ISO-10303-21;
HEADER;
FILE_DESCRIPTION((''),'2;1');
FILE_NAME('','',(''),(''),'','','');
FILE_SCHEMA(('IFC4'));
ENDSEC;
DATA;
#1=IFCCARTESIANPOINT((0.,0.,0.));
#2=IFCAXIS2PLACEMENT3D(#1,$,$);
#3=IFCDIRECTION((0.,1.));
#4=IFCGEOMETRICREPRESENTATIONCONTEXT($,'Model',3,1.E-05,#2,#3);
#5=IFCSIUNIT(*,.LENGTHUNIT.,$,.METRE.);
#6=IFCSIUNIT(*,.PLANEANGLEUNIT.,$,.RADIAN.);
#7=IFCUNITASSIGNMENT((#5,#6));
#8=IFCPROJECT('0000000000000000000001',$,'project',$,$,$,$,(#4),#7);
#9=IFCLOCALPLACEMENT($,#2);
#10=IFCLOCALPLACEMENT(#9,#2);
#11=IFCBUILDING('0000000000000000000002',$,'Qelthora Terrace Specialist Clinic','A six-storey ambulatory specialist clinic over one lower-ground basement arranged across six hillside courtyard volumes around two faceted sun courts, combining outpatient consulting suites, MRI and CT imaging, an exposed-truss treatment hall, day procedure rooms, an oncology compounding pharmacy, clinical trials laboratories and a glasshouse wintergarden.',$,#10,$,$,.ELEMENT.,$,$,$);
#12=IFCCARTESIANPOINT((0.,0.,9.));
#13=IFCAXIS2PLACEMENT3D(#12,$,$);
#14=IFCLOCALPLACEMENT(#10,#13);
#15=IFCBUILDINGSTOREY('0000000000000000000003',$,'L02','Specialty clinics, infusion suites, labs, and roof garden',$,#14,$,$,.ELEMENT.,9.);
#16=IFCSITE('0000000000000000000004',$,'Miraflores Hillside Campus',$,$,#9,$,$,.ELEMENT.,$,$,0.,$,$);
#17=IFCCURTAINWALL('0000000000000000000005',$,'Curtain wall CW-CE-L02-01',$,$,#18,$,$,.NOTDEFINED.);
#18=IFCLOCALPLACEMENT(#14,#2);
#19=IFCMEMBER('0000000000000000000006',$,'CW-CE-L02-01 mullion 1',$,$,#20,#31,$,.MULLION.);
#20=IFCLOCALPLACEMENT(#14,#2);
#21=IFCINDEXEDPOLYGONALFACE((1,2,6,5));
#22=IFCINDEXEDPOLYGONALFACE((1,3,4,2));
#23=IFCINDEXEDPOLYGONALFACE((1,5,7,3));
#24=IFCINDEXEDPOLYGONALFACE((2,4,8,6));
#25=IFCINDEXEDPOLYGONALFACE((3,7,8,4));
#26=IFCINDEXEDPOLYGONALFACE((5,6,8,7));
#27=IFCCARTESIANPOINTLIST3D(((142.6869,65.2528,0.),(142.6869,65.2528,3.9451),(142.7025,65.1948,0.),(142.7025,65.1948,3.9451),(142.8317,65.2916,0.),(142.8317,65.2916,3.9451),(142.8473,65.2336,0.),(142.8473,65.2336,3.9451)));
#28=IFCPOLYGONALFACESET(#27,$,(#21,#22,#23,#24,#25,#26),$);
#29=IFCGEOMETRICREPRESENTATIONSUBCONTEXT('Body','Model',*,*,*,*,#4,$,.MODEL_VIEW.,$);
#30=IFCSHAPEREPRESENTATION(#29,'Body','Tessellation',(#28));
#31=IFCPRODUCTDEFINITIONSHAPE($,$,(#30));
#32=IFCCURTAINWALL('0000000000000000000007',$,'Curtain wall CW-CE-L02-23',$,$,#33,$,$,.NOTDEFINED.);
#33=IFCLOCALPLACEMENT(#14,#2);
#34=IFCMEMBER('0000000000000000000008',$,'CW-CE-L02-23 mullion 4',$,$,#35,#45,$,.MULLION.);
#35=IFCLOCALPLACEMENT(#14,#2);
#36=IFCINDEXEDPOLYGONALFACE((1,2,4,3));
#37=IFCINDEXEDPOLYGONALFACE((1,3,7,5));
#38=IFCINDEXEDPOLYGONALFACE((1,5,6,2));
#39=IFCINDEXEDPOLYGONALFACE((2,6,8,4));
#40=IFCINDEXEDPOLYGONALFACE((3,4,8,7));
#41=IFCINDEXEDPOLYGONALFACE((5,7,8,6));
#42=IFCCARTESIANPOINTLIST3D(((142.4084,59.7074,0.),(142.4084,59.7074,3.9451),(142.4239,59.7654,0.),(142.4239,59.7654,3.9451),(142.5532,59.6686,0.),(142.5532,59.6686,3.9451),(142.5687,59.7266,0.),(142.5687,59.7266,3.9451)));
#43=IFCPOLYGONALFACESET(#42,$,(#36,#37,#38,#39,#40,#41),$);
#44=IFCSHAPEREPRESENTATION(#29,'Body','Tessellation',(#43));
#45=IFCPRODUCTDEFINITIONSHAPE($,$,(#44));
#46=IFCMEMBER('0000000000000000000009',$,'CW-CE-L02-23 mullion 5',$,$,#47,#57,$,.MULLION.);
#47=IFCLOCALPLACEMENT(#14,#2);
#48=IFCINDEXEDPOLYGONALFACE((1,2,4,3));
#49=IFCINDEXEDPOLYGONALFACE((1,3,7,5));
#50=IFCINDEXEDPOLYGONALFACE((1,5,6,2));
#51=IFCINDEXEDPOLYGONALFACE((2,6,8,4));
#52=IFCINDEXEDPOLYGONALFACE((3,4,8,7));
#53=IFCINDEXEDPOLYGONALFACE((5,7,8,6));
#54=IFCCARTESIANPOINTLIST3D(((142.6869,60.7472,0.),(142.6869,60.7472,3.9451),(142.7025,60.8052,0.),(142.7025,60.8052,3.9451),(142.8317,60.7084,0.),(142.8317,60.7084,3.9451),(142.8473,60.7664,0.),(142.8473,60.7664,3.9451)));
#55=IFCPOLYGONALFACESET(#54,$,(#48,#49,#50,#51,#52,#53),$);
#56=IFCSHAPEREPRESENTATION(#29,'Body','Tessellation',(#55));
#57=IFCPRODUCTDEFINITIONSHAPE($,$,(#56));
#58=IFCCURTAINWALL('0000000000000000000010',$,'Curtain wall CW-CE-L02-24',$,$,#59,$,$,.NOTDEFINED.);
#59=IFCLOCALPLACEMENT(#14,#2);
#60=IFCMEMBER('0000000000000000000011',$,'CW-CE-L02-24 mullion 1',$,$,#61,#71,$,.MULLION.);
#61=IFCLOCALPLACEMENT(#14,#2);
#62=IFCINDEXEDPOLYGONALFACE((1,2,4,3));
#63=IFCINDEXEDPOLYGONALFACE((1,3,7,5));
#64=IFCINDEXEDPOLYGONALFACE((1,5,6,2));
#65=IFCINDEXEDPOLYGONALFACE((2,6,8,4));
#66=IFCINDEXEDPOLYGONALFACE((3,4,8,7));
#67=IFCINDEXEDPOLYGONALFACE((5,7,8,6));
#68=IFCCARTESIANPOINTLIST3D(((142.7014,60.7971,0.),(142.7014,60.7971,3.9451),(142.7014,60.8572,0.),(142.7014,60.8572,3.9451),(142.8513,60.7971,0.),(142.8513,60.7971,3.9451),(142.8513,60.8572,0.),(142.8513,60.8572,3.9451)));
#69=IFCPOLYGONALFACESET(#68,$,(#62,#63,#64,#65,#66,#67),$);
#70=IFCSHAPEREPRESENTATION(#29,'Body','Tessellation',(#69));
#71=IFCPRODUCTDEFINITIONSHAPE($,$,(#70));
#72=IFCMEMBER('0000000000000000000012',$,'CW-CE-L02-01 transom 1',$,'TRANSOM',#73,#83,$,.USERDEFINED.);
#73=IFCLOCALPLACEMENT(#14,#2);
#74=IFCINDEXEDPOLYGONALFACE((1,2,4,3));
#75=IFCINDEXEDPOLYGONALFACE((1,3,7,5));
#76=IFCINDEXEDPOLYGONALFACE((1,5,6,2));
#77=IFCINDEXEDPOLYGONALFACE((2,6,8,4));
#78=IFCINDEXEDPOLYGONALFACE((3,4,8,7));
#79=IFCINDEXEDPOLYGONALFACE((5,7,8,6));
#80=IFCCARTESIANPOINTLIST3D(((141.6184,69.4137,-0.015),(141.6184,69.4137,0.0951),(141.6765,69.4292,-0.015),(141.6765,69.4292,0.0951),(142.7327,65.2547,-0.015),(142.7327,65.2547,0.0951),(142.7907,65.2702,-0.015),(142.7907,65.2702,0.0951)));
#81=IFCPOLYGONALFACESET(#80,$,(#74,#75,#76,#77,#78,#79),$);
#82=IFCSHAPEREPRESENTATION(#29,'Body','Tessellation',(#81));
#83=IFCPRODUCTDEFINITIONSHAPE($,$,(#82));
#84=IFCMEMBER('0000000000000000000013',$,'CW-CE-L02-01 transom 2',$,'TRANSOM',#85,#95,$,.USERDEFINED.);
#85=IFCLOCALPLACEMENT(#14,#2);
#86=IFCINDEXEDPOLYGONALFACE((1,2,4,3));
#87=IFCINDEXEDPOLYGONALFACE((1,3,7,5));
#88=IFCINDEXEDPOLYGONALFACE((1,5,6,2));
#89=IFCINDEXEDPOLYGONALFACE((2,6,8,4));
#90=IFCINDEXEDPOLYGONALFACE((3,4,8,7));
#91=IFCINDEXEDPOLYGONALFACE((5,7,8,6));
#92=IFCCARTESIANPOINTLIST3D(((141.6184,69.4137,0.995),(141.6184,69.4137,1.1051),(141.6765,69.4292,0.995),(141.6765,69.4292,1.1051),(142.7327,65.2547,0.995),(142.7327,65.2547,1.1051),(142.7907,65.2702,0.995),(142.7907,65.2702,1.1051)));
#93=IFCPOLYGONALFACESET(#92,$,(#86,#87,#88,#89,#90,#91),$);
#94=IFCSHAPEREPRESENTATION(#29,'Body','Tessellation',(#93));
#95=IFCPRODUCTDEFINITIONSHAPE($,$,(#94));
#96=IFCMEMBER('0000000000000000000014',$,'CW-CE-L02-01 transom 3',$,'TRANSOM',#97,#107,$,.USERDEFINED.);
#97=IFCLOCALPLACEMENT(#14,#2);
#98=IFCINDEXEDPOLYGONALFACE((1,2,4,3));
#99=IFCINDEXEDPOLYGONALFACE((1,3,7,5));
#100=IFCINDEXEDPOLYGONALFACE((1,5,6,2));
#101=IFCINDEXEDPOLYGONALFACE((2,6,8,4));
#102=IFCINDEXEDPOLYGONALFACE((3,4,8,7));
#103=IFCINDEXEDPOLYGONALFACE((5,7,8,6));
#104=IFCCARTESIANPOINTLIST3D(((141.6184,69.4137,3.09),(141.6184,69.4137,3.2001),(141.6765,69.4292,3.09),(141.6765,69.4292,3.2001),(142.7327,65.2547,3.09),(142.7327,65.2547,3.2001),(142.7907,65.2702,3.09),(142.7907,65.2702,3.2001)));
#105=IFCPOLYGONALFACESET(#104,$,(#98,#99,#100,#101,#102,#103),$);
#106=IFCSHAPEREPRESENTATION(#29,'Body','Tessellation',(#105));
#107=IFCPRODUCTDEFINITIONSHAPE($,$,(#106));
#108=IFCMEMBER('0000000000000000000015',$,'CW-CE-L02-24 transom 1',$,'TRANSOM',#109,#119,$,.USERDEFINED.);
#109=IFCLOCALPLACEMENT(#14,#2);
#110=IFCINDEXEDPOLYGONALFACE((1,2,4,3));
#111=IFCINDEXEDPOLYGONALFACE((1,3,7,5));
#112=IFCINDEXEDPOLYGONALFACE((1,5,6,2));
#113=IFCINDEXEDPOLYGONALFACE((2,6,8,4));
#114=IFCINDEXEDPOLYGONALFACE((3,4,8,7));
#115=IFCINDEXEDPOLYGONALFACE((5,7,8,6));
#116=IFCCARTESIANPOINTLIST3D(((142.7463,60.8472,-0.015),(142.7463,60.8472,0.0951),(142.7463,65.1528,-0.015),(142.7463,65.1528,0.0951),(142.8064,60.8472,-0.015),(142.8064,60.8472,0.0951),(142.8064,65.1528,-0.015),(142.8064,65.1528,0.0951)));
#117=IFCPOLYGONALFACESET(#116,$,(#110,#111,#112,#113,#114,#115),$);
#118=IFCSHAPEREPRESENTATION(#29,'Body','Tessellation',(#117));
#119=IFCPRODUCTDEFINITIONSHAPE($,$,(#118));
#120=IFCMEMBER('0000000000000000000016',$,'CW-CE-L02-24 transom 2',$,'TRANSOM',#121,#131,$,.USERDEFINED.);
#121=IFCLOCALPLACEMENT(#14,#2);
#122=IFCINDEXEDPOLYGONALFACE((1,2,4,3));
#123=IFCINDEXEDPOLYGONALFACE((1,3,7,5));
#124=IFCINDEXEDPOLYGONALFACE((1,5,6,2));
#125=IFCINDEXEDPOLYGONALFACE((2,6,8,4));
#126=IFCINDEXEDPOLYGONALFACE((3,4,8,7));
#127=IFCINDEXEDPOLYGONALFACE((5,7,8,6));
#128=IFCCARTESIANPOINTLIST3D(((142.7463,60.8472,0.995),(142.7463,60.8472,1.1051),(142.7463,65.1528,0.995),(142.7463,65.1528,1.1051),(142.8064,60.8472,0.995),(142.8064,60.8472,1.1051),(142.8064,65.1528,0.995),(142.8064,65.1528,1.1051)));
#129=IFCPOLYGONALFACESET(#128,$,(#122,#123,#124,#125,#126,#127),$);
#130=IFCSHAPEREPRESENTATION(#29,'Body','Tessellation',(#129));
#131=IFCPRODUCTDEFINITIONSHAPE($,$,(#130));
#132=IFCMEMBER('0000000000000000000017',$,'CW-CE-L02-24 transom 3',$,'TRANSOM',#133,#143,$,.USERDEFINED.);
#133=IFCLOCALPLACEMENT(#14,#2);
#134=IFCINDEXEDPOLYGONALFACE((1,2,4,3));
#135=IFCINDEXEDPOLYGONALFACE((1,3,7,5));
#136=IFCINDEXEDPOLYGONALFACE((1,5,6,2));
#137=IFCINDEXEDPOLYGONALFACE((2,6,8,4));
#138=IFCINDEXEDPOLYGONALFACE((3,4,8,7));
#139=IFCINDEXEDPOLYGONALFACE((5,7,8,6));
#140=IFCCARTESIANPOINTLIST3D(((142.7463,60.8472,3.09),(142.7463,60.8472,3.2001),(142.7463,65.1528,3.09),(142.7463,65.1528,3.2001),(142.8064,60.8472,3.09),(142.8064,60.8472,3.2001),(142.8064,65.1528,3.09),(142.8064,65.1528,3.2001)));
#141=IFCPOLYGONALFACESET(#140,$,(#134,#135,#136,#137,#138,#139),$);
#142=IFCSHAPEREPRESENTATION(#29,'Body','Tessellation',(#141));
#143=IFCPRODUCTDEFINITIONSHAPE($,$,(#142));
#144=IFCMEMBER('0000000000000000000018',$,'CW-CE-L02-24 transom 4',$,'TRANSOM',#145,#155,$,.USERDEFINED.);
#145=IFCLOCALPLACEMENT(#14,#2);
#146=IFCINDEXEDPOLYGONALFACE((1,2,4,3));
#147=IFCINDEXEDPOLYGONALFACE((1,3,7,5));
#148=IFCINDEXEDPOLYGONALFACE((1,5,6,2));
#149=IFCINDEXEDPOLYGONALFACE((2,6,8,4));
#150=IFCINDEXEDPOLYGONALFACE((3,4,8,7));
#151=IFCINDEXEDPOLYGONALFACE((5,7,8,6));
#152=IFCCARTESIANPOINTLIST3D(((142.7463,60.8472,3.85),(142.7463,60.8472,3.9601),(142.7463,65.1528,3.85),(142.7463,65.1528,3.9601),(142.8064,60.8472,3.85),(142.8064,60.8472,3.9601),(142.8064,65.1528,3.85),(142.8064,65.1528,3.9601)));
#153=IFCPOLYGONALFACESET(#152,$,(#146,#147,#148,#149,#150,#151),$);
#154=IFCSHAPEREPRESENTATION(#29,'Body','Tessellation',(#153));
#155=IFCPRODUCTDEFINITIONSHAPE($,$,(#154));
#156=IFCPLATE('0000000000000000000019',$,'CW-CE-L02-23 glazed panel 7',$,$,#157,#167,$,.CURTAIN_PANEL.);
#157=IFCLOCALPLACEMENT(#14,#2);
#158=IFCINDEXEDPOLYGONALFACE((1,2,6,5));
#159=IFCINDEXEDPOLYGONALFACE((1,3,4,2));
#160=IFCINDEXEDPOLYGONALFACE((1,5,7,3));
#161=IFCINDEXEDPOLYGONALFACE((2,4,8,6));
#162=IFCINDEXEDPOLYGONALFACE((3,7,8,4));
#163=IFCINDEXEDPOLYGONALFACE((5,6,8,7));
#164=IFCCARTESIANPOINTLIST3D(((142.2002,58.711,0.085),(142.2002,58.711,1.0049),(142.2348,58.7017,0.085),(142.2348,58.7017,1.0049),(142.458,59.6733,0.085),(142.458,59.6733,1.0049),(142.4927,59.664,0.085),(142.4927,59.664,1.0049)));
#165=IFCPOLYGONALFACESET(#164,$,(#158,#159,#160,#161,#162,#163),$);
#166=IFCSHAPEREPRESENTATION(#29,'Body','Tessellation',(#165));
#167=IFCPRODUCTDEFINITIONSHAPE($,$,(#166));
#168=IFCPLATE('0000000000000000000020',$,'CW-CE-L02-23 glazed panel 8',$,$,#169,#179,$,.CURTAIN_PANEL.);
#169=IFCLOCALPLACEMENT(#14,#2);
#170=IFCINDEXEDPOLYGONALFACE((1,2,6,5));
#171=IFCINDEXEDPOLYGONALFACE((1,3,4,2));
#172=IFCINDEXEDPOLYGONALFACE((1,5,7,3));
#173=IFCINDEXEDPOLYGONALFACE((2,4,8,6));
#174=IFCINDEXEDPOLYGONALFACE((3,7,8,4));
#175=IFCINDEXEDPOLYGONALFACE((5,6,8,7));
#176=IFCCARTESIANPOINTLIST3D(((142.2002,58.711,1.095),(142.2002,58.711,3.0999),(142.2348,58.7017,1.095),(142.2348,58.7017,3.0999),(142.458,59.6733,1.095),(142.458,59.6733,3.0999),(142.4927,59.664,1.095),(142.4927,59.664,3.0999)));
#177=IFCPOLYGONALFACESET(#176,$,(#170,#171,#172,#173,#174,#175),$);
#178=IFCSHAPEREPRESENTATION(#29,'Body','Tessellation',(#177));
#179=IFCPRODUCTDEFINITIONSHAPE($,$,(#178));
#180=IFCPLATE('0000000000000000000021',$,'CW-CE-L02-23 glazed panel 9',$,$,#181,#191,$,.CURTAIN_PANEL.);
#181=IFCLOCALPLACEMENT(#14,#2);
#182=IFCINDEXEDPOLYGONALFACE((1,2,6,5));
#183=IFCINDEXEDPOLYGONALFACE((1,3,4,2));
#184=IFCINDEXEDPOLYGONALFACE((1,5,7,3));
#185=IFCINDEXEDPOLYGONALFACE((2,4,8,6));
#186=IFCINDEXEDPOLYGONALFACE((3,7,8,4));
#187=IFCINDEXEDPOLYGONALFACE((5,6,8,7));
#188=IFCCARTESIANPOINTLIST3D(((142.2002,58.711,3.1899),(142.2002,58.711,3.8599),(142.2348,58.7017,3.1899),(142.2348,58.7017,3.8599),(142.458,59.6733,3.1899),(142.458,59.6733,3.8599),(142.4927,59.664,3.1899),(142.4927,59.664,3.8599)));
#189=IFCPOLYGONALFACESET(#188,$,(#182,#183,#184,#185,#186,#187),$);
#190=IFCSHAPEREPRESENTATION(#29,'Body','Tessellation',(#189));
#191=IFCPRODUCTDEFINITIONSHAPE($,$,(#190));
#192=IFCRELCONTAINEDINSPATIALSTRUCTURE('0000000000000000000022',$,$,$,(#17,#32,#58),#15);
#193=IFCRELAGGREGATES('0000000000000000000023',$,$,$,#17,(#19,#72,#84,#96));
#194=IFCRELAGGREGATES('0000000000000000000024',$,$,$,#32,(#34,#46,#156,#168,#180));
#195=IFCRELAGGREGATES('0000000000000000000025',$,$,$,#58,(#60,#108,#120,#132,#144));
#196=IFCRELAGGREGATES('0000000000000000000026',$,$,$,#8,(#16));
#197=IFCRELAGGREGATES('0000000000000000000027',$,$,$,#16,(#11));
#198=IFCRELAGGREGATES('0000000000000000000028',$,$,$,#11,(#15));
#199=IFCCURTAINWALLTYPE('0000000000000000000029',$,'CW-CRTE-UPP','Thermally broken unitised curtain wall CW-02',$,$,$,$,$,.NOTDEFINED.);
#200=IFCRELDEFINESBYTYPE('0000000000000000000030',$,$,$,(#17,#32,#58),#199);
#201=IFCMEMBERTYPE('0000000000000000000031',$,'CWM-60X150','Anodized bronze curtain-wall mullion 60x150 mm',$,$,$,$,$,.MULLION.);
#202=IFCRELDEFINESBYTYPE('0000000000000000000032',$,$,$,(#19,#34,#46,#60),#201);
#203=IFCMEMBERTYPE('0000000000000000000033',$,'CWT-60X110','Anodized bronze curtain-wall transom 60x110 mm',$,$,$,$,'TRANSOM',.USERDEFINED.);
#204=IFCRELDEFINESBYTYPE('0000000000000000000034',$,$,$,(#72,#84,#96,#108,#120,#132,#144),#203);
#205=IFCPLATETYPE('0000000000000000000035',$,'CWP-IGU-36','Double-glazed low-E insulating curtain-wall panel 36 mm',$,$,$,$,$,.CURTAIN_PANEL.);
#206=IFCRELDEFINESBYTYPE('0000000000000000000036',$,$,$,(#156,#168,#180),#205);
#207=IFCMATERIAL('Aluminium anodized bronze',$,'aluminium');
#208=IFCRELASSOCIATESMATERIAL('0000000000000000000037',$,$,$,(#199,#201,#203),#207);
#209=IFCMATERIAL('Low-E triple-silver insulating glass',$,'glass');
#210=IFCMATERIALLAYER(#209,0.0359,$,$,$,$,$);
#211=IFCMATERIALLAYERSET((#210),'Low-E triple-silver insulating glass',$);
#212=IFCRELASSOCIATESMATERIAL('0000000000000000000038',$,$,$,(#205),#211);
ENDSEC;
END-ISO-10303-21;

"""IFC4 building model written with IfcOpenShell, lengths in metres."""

from ifc_helpers import new_model, si_unit, direction, frame, origin, origin_2d, place, context, subcontext, project, spatial, rectangle, extrude, material, layer, layer_set, material_profile, profile_set, type_object, element, aggregate, save


model = new_model("IFC4")

# Units and contexts
model_context = context("Model", 3, precision=1e-05, world=origin(), true_north=direction((0.0, 1.0)))
body_context = subcontext(model_context, "Body", "Model", "MODEL_VIEW")
ifc_project = project(units=[si_unit("LENGTHUNIT", "METRE"), si_unit("PLANEANGLEUNIT", "RADIAN")], contexts=[model_context])

# Site, building, storey
site_placement = place(None, origin())
site = spatial("IfcSite", under=ifc_project, at=site_placement, Name="Miraflores Hillside Campus", CompositionType="ELEMENT", RefElevation=0.0)
building_placement = place(site_placement, origin())
building = spatial("IfcBuilding", under=site, at=building_placement, Name="Qelthora Terrace Specialist Clinic", Description="A six-storey ambulatory specialist clinic over one lower-ground basement arranged across six hillside courtyard volumes around two faceted sun courts, combining outpatient consulting suites, MRI and CT imaging, an exposed-truss treatment hall, day procedure rooms, an oncology compounding pharmacy, clinical trials laboratories and a glasshouse wintergarden.", CompositionType="ELEMENT")
storey_placement = place(building_placement, frame((0.0, 0.0, 9.0)))
storey = spatial("IfcBuildingStorey", under=building, at=storey_placement, Name="L02", Description="Specialty clinics, infusion suites, labs, and roof garden", CompositionType="ELEMENT", Elevation=9.0)

# Curtain wall, member
ifc_material_1 = material(Name="Aluminium anodized bronze", Category="aluminium")
curtain_wall_type = type_object("IfcCurtainWallType", Name="CW-CRTE-UPP", Description="Thermally broken unitised curtain wall CW-02", PredefinedType="NOTDEFINED", material=ifc_material_1)
curtain_wall_1_placement = place(storey_placement, origin())
curtain_wall_1 = element("IfcCurtainWall", 1, at=curtain_wall_1_placement, inside=storey, type_object=curtain_wall_type, Name="Curtain wall CW-CE-L02-01", PredefinedType="NOTDEFINED")
ifc_material_profile_1 = material_profile(ifc_material_1, rectangle(XDim=0.0601, YDim=0.1499, at=origin_2d()), Name="CWM60X150")
ifc_profile_set_1 = profile_set([ifc_material_profile_1], Name="Aluminium anodized bronze")
member_type_1 = type_object("IfcMemberType", Name="CWM-60X150", Description="Anodized bronze curtain-wall mullion 60x150 mm", PredefinedType="MULLION", material=ifc_profile_set_1)
member_1_placement = place(storey_placement, frame((142.7671, 65.2432, 0.0), z_axis=(0.0, 0.0, 1.0), x_axis=(-0.25882, 0.965926, 0.0)))
member_1 = element("IfcMember", 2, at=member_1_placement, type_object=member_type_1, Name="CW-CE-L02-01 mullion 1", PredefinedType="MULLION", context=body_context, shape_type="SweptSolid", body=[
    extrude(rectangle(XDim=0.0601, YDim=0.1499, at=origin_2d()), origin(), (0.0, 0.0, 1.0), 3.9451),
])

# Curtain wall, members
curtain_wall_2_placement = place(storey_placement, origin())
curtain_wall_2 = element("IfcCurtainWall", 3, at=curtain_wall_2_placement, inside=storey, type_object=curtain_wall_type, Name="Curtain wall CW-CE-L02-23", PredefinedType="NOTDEFINED")
member_2_placement = place(storey_placement, frame((142.4885, 59.717, 0.0), z_axis=(0.0, 0.0, 1.0), x_axis=(0.25882, 0.965926, 0.0)))
member_2 = element("IfcMember", 4, at=member_2_placement, type_object=member_type_1, Name="CW-CE-L02-23 mullion 4", PredefinedType="MULLION", context=body_context, shape_type="SweptSolid", body=[
    extrude(rectangle(XDim=0.0601, YDim=0.1499, at=origin_2d()), origin(), (0.0, 0.0, 1.0), 3.9451),
])
member_3_placement = place(storey_placement, frame((142.7671, 60.7568, 0.0), z_axis=(0.0, 0.0, 1.0), x_axis=(0.25882, 0.965926, 0.0)))
member_3 = element("IfcMember", 5, at=member_3_placement, type_object=member_type_1, Name="CW-CE-L02-23 mullion 5", PredefinedType="MULLION", context=body_context, shape_type="SweptSolid", body=[
    extrude(rectangle(XDim=0.0601, YDim=0.1499, at=origin_2d()), origin(), (0.0, 0.0, 1.0), 3.9451),
])

# Curtain wall, member
curtain_wall_3_placement = place(storey_placement, origin())
curtain_wall_3 = element("IfcCurtainWall", 6, at=curtain_wall_3_placement, inside=storey, type_object=curtain_wall_type, Name="Curtain wall CW-CE-L02-24", PredefinedType="NOTDEFINED")
member_4_placement = place(storey_placement, frame((142.7764, 60.8271, 0.0), z_axis=(0.0, 0.0, 1.0), x_axis=(0.0, 1.0, 0.0)))
member_4 = element("IfcMember", 7, at=member_4_placement, type_object=member_type_1, Name="CW-CE-L02-24 mullion 1", PredefinedType="MULLION", context=body_context, shape_type="SweptSolid", body=[
    extrude(rectangle(XDim=0.0601, YDim=0.1499, at=origin_2d()), origin(), (0.0, 0.0, 1.0), 3.9451),
])

# Members
ifc_material_profile_2 = material_profile(ifc_material_1, rectangle(XDim=0.0601, YDim=0.1101, at=origin_2d()), Name="CWT60X110")
ifc_profile_set_2 = profile_set([ifc_material_profile_2], Name="Aluminium anodized bronze")
member_type_2 = type_object("IfcMemberType", Name="CWT-60X110", Description="Anodized bronze curtain-wall transom 60x110 mm", ElementType="TRANSOM", PredefinedType="USERDEFINED", material=ifc_profile_set_2)
member_5_placement = place(storey_placement, frame((142.7617, 65.2625, 0.04), z_axis=(-0.258792, 0.965933, 0.0), x_axis=(-0.965933, -0.258792, 0.0)))
member_5 = element("IfcMember", 8, at=member_5_placement, type_object=member_type_2, Name="CW-CE-L02-01 transom 1", ObjectType="TRANSOM", PredefinedType="USERDEFINED", context=body_context, shape_type="SweptSolid", body=[
    extrude(rectangle(XDim=0.0601, YDim=0.1101, at=origin_2d()), origin(), (0.0, 0.0, 1.0), 4.3057),
])
member_6_placement = place(storey_placement, frame((142.7617, 65.2625, 1.05), z_axis=(-0.258792, 0.965933, 0.0), x_axis=(-0.965933, -0.258792, 0.0)))
member_6 = element("IfcMember", 9, at=member_6_placement, type_object=member_type_2, Name="CW-CE-L02-01 transom 2", ObjectType="TRANSOM", PredefinedType="USERDEFINED", context=body_context, shape_type="SweptSolid", body=[
    extrude(rectangle(XDim=0.0601, YDim=0.1101, at=origin_2d()), origin(), (0.0, 0.0, 1.0), 4.3057),
])
member_7_placement = place(storey_placement, frame((142.7617, 65.2625, 3.145), z_axis=(-0.258792, 0.965933, 0.0), x_axis=(-0.965933, -0.258792, 0.0)))
member_7 = element("IfcMember", 10, at=member_7_placement, type_object=member_type_2, Name="CW-CE-L02-01 transom 3", ObjectType="TRANSOM", PredefinedType="USERDEFINED", context=body_context, shape_type="SweptSolid", body=[
    extrude(rectangle(XDim=0.0601, YDim=0.1101, at=origin_2d()), origin(), (0.0, 0.0, 1.0), 4.3057),
])
aggregate(curtain_wall_1, [member_1, member_5, member_6, member_7])
member_8_placement = place(storey_placement, frame((142.7764, 60.8472, 0.04), z_axis=(0.0, 1.0, 0.0), x_axis=(-1.0, 0.0, 0.0)))
member_8 = element("IfcMember", 11, at=member_8_placement, type_object=member_type_2, Name="CW-CE-L02-24 transom 1", ObjectType="TRANSOM", PredefinedType="USERDEFINED", context=body_context, shape_type="SweptSolid", body=[
    extrude(rectangle(XDim=0.0601, YDim=0.1101, at=origin_2d()), origin(), (0.0, 0.0, 1.0), 4.3057),
])
member_9_placement = place(storey_placement, frame((142.7764, 60.8472, 1.05), z_axis=(0.0, 1.0, 0.0), x_axis=(-1.0, 0.0, 0.0)))
member_9 = element("IfcMember", 12, at=member_9_placement, type_object=member_type_2, Name="CW-CE-L02-24 transom 2", ObjectType="TRANSOM", PredefinedType="USERDEFINED", context=body_context, shape_type="SweptSolid", body=[
    extrude(rectangle(XDim=0.0601, YDim=0.1101, at=origin_2d()), origin(), (0.0, 0.0, 1.0), 4.3057),
])
member_10_placement = place(storey_placement, frame((142.7764, 60.8472, 3.145), z_axis=(0.0, 1.0, 0.0), x_axis=(-1.0, 0.0, 0.0)))
member_10 = element("IfcMember", 13, at=member_10_placement, type_object=member_type_2, Name="CW-CE-L02-24 transom 3", ObjectType="TRANSOM", PredefinedType="USERDEFINED", context=body_context, shape_type="SweptSolid", body=[
    extrude(rectangle(XDim=0.0601, YDim=0.1101, at=origin_2d()), origin(), (0.0, 0.0, 1.0), 4.3057),
])
member_11_placement = place(storey_placement, frame((142.7764, 60.8472, 3.905), z_axis=(0.0, 1.0, 0.0), x_axis=(-1.0, 0.0, 0.0)))
member_11 = element("IfcMember", 14, at=member_11_placement, type_object=member_type_2, Name="CW-CE-L02-24 transom 4", ObjectType="TRANSOM", PredefinedType="USERDEFINED", context=body_context, shape_type="SweptSolid", body=[
    extrude(rectangle(XDim=0.0601, YDim=0.1101, at=origin_2d()), origin(), (0.0, 0.0, 1.0), 4.3057),
])

# Plates
ifc_material_2 = material(Name="Low-E triple-silver insulating glass", Category="glass")
ifc_layer = layer(ifc_material_2, 0.0359)
ifc_layer_set = layer_set([ifc_layer], Name="Low-E triple-silver insulating glass")
plate_type = type_object("IfcPlateType", Name="CWP-IGU-36", Description="Double-glazed low-E insulating curtain-wall panel 36 mm", PredefinedType="CURTAIN_PANEL", material=ifc_layer_set)
plate_1_placement = place(storey_placement, frame((142.3464, 59.1875, 0.085), z_axis=(0.0, 0.0, 1.0), x_axis=(0.258819, 0.965926, 0.0)))
plate_1 = element("IfcPlate", 15, at=plate_1_placement, type_object=plate_type, Name="CW-CE-L02-23 glazed panel 7", PredefinedType="CURTAIN_PANEL", context=body_context, shape_type="SweptSolid", body=[
    extrude(rectangle(XDim=0.9963, YDim=0.0359, at=origin_2d()), origin(), (0.0, 0.0, 1.0), 0.9199),
])
plate_2_placement = place(storey_placement, frame((142.3464, 59.1875, 1.095), z_axis=(0.0, 0.0, 1.0), x_axis=(0.258819, 0.965926, 0.0)))
plate_2 = element("IfcPlate", 16, at=plate_2_placement, type_object=plate_type, Name="CW-CE-L02-23 glazed panel 8", PredefinedType="CURTAIN_PANEL", context=body_context, shape_type="SweptSolid", body=[
    extrude(rectangle(XDim=0.9963, YDim=0.0359, at=origin_2d()), origin(), (0.0, 0.0, 1.0), 2.0049),
])
plate_3_placement = place(storey_placement, frame((142.3464, 59.1875, 3.1899), z_axis=(0.0, 0.0, 1.0), x_axis=(0.258819, 0.965926, 0.0)))
plate_3 = element("IfcPlate", 17, at=plate_3_placement, type_object=plate_type, Name="CW-CE-L02-23 glazed panel 9", PredefinedType="CURTAIN_PANEL", context=body_context, shape_type="SweptSolid", body=[
    extrude(rectangle(XDim=0.9963, YDim=0.0359, at=origin_2d()), origin(), (0.0, 0.0, 1.0), 0.6699),
])
aggregate(curtain_wall_2, [member_2, member_3, plate_1, plate_2, plate_3])
aggregate(curtain_wall_3, [member_4, member_8, member_9, member_10, member_11])

save(model, "model.ifc")
